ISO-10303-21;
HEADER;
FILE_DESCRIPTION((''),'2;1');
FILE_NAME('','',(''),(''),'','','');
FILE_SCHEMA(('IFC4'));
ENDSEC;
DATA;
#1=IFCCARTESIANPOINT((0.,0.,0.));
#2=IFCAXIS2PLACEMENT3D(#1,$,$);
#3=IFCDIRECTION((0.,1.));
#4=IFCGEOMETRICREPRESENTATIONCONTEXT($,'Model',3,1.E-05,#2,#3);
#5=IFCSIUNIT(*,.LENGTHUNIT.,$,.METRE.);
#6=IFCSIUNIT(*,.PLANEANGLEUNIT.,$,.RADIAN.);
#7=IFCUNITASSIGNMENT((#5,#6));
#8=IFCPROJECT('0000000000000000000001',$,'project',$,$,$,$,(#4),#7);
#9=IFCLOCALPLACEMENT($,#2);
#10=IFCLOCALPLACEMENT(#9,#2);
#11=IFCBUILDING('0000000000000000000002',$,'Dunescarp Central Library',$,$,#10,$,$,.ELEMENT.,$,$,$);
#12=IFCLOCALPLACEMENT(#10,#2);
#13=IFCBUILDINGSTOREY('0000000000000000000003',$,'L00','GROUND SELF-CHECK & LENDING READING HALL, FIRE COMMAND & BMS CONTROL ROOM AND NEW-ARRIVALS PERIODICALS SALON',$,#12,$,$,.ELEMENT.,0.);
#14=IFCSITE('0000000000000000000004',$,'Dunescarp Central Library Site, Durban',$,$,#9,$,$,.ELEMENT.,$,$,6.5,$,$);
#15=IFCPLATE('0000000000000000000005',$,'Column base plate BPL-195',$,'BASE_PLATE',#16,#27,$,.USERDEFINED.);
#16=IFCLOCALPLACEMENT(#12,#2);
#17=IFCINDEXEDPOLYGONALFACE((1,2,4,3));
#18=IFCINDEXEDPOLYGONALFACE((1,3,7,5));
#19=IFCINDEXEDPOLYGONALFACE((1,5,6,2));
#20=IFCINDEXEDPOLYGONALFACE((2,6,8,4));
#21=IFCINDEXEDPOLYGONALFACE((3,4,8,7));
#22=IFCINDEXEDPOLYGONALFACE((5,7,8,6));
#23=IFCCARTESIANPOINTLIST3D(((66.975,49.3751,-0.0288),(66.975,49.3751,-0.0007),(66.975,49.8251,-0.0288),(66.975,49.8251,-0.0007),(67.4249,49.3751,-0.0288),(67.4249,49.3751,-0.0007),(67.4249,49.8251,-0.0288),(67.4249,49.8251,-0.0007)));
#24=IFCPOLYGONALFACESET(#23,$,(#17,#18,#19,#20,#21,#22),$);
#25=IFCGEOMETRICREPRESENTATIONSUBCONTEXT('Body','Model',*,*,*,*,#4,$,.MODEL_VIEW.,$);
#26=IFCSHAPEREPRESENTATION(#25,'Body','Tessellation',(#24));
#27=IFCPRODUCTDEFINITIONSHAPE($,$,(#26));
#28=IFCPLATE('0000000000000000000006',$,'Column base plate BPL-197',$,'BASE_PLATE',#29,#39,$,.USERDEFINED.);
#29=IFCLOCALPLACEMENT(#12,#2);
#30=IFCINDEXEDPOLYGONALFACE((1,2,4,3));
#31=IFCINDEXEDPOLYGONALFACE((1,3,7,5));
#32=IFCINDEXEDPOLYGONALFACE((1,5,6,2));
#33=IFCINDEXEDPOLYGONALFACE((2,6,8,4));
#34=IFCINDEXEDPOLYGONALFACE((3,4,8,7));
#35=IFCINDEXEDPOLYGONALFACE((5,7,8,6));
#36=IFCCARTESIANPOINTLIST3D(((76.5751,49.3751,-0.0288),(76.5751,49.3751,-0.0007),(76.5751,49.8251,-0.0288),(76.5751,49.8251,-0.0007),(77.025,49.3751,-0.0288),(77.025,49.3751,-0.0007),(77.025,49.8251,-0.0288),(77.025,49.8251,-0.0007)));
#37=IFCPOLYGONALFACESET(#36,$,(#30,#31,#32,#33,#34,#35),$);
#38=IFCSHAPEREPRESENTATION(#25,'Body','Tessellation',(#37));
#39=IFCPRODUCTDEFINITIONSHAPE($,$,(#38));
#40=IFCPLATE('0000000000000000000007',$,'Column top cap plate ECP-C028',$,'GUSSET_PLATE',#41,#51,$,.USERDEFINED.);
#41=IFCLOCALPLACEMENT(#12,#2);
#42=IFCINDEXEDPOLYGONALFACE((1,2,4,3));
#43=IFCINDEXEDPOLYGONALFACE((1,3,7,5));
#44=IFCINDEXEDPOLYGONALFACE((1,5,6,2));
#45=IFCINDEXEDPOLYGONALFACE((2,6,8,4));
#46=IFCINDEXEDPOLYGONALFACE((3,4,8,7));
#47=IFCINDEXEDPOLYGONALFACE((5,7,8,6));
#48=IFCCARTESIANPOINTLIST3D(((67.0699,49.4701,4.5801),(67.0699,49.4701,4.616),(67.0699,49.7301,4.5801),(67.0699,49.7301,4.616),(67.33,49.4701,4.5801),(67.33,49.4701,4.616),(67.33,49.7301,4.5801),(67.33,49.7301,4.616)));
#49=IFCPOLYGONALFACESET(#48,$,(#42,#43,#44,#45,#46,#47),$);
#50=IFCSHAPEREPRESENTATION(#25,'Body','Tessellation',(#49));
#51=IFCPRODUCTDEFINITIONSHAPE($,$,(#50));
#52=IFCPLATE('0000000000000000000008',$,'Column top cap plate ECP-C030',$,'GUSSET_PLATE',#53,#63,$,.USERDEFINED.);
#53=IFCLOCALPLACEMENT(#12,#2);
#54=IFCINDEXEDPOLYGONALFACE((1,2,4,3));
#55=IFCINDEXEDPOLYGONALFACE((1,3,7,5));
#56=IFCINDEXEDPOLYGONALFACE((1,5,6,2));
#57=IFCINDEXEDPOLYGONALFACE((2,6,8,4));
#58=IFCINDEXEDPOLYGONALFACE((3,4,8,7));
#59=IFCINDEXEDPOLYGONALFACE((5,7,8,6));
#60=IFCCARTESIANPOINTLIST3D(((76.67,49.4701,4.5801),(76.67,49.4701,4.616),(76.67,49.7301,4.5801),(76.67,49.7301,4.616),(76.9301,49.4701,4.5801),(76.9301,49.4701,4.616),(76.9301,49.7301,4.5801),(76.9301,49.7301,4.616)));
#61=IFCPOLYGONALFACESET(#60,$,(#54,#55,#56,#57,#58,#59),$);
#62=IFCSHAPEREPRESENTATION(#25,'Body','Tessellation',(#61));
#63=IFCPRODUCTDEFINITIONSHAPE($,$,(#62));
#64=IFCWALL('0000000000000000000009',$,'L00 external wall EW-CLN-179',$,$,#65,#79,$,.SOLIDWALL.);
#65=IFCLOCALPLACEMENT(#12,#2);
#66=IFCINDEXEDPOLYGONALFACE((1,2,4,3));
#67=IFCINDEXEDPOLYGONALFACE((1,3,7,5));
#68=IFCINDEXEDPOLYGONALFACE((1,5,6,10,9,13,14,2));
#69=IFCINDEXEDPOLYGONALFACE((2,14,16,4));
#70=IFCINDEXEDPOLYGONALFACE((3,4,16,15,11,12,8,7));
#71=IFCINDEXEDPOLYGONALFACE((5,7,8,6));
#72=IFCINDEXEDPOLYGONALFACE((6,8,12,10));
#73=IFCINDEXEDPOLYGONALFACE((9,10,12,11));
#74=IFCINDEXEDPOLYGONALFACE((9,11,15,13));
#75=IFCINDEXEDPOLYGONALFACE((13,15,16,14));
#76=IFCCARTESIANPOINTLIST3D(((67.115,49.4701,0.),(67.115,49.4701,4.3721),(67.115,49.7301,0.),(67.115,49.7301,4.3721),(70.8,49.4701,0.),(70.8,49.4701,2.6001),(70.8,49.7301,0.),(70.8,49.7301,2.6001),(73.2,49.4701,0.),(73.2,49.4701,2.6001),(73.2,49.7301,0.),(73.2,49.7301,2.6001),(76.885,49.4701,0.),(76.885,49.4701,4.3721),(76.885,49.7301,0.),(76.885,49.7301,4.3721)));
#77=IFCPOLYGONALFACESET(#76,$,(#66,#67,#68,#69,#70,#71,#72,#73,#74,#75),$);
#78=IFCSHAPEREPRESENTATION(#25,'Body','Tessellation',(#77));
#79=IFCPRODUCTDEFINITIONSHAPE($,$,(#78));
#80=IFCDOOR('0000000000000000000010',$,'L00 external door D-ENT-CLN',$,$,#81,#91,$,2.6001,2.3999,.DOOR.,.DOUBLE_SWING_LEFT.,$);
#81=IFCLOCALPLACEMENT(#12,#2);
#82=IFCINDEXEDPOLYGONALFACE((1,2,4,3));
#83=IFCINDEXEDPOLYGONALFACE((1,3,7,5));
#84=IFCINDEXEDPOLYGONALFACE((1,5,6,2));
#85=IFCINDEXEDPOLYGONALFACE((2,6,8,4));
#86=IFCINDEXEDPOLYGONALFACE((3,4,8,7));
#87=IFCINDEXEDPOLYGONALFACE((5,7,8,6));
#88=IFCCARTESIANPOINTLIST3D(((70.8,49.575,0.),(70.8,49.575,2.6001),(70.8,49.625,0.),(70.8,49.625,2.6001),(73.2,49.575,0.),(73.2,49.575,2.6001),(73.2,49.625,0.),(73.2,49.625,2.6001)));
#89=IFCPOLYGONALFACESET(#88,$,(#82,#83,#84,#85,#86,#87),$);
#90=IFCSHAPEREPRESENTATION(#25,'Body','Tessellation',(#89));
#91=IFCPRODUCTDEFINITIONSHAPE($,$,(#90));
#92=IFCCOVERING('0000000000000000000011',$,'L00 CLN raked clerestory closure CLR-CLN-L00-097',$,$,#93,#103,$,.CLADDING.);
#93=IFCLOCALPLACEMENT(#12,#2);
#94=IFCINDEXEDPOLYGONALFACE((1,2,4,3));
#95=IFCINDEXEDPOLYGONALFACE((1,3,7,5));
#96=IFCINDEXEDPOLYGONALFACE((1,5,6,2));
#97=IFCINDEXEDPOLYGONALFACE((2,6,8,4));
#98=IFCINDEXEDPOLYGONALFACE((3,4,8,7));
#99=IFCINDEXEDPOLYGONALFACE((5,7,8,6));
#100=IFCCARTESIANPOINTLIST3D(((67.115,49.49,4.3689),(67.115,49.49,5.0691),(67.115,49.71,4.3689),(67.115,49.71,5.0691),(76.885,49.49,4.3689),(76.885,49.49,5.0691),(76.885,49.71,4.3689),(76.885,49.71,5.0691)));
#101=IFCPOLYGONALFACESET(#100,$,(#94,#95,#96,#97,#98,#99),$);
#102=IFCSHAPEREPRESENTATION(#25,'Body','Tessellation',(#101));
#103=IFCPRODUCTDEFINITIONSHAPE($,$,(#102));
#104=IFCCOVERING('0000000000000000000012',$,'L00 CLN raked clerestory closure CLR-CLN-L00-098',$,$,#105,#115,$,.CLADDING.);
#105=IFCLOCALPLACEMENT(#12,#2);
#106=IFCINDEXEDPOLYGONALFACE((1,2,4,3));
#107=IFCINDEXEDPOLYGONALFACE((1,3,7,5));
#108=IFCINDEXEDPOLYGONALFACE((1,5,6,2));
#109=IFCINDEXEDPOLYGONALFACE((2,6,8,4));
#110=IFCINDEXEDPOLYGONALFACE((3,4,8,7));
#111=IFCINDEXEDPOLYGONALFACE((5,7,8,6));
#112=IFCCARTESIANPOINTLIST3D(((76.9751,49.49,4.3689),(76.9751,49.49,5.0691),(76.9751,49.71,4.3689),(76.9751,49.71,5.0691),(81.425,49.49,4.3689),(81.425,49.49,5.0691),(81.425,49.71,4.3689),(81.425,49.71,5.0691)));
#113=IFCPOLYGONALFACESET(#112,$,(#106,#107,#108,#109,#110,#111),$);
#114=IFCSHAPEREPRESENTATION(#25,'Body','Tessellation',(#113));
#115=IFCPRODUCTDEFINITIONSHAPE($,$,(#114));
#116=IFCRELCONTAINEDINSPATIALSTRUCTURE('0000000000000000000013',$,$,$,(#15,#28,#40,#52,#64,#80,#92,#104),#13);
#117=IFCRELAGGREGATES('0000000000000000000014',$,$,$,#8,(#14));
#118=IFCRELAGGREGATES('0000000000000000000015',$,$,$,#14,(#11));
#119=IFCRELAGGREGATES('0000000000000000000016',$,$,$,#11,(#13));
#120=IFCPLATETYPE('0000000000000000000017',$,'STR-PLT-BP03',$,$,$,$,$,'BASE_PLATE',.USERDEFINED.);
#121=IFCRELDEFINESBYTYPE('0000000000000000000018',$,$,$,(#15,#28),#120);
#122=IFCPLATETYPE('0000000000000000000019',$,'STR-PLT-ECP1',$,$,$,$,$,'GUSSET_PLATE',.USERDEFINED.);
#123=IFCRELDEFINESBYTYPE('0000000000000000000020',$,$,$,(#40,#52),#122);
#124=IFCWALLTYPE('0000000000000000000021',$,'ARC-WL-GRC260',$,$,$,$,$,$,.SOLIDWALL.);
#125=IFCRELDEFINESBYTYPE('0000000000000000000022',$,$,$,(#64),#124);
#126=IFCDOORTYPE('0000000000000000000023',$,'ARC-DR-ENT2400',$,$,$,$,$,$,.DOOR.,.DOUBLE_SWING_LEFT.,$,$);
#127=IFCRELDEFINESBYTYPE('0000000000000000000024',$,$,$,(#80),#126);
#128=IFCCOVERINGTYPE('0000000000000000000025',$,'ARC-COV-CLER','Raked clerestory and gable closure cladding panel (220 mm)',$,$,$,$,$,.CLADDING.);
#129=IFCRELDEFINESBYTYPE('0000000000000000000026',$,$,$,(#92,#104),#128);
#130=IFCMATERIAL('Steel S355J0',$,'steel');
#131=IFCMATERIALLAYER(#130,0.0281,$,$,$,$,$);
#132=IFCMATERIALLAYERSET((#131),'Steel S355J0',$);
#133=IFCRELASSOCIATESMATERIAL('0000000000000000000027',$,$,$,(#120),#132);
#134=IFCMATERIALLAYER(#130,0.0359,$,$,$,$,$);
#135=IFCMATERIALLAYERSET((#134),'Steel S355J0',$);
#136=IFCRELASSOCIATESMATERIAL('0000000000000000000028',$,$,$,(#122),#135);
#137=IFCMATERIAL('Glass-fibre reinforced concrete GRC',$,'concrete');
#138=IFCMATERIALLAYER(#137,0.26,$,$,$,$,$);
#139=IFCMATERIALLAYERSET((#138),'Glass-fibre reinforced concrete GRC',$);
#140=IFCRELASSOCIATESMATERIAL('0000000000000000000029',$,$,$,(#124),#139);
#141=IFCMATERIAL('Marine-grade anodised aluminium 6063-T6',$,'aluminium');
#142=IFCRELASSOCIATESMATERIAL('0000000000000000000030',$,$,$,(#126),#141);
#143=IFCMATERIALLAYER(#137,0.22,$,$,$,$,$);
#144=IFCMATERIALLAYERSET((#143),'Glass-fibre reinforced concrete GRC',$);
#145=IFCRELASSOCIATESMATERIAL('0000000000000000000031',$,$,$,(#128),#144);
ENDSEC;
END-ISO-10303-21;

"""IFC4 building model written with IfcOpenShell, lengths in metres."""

from ifc_helpers import new_model, si_unit, direction, frame, frame_2d, origin, origin_2d, place, context, subcontext, project, spatial, polyline, rectangle, outline, extrude, material, layer, layer_set, type_object, element, fill, save


model = new_model("IFC4")

# Units and contexts
model_context = context("Model", 3, precision=1e-05, world=origin(), true_north=direction((0.0, 1.0)))
body_context = subcontext(model_context, "Body", "Model", "MODEL_VIEW")
ifc_project = project(units=[si_unit("LENGTHUNIT", "METRE"), si_unit("PLANEANGLEUNIT", "RADIAN")], contexts=[model_context])

# Site, building, storey
site_placement = place(None, origin())
site = spatial("IfcSite", under=ifc_project, at=site_placement, Name="Dunescarp Central Library Site, Durban", CompositionType="ELEMENT", RefElevation=6.5)
building_placement = place(site_placement, origin())
building = spatial("IfcBuilding", under=site, at=building_placement, Name="Dunescarp Central Library", CompositionType="ELEMENT")
storey_placement = place(building_placement, origin())
storey = spatial("IfcBuildingStorey", under=building, at=storey_placement, Name="L00", Description="GROUND SELF-CHECK & LENDING READING HALL, FIRE COMMAND & BMS CONTROL ROOM AND NEW-ARRIVALS PERIODICALS SALON", CompositionType="ELEMENT", Elevation=0.0)

# Shared definitions
ifc_material_1 = material(Name="Steel S355J0", Category="steel")

# Shared definitions
ifc_material_2 = material(Name="Marine-grade anodised aluminium 6063-T6", Category="aluminium")

# Plates
ifc_layer_1 = layer(ifc_material_1, 0.0281)
ifc_layer_set_1 = layer_set([ifc_layer_1], Name="Steel S355J0")
plate_type_1 = type_object("IfcPlateType", Name="STR-PLT-BP03", ElementType="BASE_PLATE", PredefinedType="USERDEFINED", material=ifc_layer_set_1)
for number, where, z_axis, x_axis, name in (
    (1, (67.2, 49.6001, -0.0288), (0.0, 0.0, 1.0), (1.0, 0.0, 0.0), "Column base plate BPL-195"),
    (2, (76.8, 49.6001, -0.0288), (0.0, 0.0, 1.0), (1.0, 0.0, 0.0), "Column base plate BPL-197"),
):
    element("IfcPlate", number, at=place(storey_placement, frame(where, z_axis=z_axis, x_axis=x_axis)), inside=storey, type_object=plate_type_1, Name=name, ObjectType="BASE_PLATE", PredefinedType="USERDEFINED", context=body_context, shape_type="SweptSolid", body=[
        extrude(rectangle(XDim=0.45, YDim=0.45, at=origin_2d()), origin(), (0.0, 0.0, 1.0), 0.0281),
    ])
ifc_layer_2 = layer(ifc_material_1, 0.0359)
ifc_layer_set_2 = layer_set([ifc_layer_2], Name="Steel S355J0")
plate_type_2 = type_object("IfcPlateType", Name="STR-PLT-ECP1", ElementType="GUSSET_PLATE", PredefinedType="USERDEFINED", material=ifc_layer_set_2)
for number, where, z_axis, x_axis, name in (
    (3, (67.2, 49.6001, 4.5801), (0.0, 0.0, 1.0), (1.0, 0.0, 0.0), "Column top cap plate ECP-C028"),
    (4, (76.8, 49.6001, 4.5801), (0.0, 0.0, 1.0), (1.0, 0.0, 0.0), "Column top cap plate ECP-C030"),
):
    element("IfcPlate", number, at=place(storey_placement, frame(where, z_axis=z_axis, x_axis=x_axis)), inside=storey, type_object=plate_type_2, Name=name, ObjectType="GUSSET_PLATE", PredefinedType="USERDEFINED", context=body_context, shape_type="SweptSolid", body=[
        extrude(rectangle(XDim=0.26, YDim=0.26, at=origin_2d()), origin(), (0.0, 0.0, 1.0), 0.0359),
    ])

# Wall, opening, door
ifc_material_3 = material(Name="Glass-fibre reinforced concrete GRC", Category="concrete")
ifc_layer_3 = layer(ifc_material_3, 0.26)
ifc_layer_set_3 = layer_set([ifc_layer_3], Name="Glass-fibre reinforced concrete GRC")
wall_type = type_object("IfcWallType", Name="ARC-WL-GRC260", PredefinedType="SOLIDWALL", material=ifc_layer_set_3)
wall_placement = place(storey_placement, frame((67.115, 49.6001, 0.0), z_axis=(0.0, 0.0, 1.0), x_axis=(1.0, 0.0, 0.0)))
wall = element("IfcWall", 5, at=wall_placement, inside=storey, type_object=wall_type, Name="L00 external wall EW-CLN-179", PredefinedType="SOLIDWALL", context=body_context, shape_type="SweptSolid", body=[
    extrude(rectangle(XDim=9.77, YDim=0.26, at=frame_2d((4.885, 0.0))), origin(), (0.0, 0.0, 1.0), 4.3721),
])
opening_placement = place(wall_placement, frame((3.6851, 0.0, 0.0)))
opening = element("IfcOpeningElement", 6, at=opening_placement, cuts=wall, PredefinedType="OPENING", context=body_context, shape_type="SweptSolid", body=[
    extrude(rectangle(XDim=2.3999, YDim=2.6001, at=frame_2d((1.2, 1.3))), frame((0.0, 0.1401, 0.0), z_axis=(0.0, -1.0, 0.0), x_axis=(1.0, 0.0, 0.0)), (0.0, 0.0, 1.0), 0.28),
])
door_type = type_object("IfcDoorType", Name="ARC-DR-ENT2400", OperationType="DOUBLE_SWING_LEFT", PredefinedType="DOOR", material=ifc_material_2)
door_placement = place(opening_placement, origin())
door = element("IfcDoor", 7, at=door_placement, inside=storey, type_object=door_type, Name="L00 external door D-ENT-CLN", OperationType="DOUBLE_SWING_LEFT", OverallHeight=2.6001, OverallWidth=2.3999, PredefinedType="DOOR", context=body_context, shape_type="SweptSolid", body=[
    extrude(rectangle(XDim=2.3999, YDim=2.6001, at=frame_2d((1.2, 1.3))), frame((0.0, 0.0249, 0.0), z_axis=(0.0, -1.0, 0.0), x_axis=(1.0, 0.0, 0.0)), (0.0, 0.0, 1.0), 0.05),
])
fill(opening, door)

# Coverings
ifc_layer_4 = layer(ifc_material_3, 0.22)
ifc_layer_set_4 = layer_set([ifc_layer_4], Name="Glass-fibre reinforced concrete GRC")
covering_type = type_object("IfcCoveringType", Name="ARC-COV-CLER", Description="Raked clerestory and gable closure cladding panel (220 mm)", PredefinedType="CLADDING", material=ifc_layer_set_4)
covering_1_placement = place(storey_placement, frame((67.115, 49.6001, 4.3689), z_axis=(0.0, 0.0, 1.0), x_axis=(1.0, 0.0, 0.0)))
element("IfcCovering", 8, at=covering_1_placement, inside=storey, type_object=covering_type, Name="L00 CLN raked clerestory closure CLR-CLN-L00-097", PredefinedType="CLADDING", context=body_context, shape_type="SweptSolid", body=[
    extrude(outline(polyline([(0.0, 0.0), (9.77, 0.0), (9.77, 0.7002), (0.0, 0.7002), (0.0, 0.0)])), frame((0.0, 0.1099, 0.0), z_axis=(0.0, -1.0, 0.0), x_axis=(1.0, 0.0, 0.0)), (0.0, 0.0, 1.0), 0.22),
])
covering_2_placement = place(storey_placement, frame((76.9751, 49.6001, 4.3689), z_axis=(0.0, 0.0, 1.0), x_axis=(1.0, 0.0, 0.0)))
element("IfcCovering", 9, at=covering_2_placement, inside=storey, type_object=covering_type, Name="L00 CLN raked clerestory closure CLR-CLN-L00-098", PredefinedType="CLADDING", context=body_context, shape_type="SweptSolid", body=[
    extrude(outline(polyline([(0.0, 0.0), (4.45, 0.0), (4.45, 0.7002), (0.0, 0.7002), (0.0, 0.0)])), frame((0.0, 0.1099, 0.0), z_axis=(0.0, -1.0, 0.0), x_axis=(1.0, 0.0, 0.0)), (0.0, 0.0, 1.0), 0.22),
])

save(model, "model.ifc")
